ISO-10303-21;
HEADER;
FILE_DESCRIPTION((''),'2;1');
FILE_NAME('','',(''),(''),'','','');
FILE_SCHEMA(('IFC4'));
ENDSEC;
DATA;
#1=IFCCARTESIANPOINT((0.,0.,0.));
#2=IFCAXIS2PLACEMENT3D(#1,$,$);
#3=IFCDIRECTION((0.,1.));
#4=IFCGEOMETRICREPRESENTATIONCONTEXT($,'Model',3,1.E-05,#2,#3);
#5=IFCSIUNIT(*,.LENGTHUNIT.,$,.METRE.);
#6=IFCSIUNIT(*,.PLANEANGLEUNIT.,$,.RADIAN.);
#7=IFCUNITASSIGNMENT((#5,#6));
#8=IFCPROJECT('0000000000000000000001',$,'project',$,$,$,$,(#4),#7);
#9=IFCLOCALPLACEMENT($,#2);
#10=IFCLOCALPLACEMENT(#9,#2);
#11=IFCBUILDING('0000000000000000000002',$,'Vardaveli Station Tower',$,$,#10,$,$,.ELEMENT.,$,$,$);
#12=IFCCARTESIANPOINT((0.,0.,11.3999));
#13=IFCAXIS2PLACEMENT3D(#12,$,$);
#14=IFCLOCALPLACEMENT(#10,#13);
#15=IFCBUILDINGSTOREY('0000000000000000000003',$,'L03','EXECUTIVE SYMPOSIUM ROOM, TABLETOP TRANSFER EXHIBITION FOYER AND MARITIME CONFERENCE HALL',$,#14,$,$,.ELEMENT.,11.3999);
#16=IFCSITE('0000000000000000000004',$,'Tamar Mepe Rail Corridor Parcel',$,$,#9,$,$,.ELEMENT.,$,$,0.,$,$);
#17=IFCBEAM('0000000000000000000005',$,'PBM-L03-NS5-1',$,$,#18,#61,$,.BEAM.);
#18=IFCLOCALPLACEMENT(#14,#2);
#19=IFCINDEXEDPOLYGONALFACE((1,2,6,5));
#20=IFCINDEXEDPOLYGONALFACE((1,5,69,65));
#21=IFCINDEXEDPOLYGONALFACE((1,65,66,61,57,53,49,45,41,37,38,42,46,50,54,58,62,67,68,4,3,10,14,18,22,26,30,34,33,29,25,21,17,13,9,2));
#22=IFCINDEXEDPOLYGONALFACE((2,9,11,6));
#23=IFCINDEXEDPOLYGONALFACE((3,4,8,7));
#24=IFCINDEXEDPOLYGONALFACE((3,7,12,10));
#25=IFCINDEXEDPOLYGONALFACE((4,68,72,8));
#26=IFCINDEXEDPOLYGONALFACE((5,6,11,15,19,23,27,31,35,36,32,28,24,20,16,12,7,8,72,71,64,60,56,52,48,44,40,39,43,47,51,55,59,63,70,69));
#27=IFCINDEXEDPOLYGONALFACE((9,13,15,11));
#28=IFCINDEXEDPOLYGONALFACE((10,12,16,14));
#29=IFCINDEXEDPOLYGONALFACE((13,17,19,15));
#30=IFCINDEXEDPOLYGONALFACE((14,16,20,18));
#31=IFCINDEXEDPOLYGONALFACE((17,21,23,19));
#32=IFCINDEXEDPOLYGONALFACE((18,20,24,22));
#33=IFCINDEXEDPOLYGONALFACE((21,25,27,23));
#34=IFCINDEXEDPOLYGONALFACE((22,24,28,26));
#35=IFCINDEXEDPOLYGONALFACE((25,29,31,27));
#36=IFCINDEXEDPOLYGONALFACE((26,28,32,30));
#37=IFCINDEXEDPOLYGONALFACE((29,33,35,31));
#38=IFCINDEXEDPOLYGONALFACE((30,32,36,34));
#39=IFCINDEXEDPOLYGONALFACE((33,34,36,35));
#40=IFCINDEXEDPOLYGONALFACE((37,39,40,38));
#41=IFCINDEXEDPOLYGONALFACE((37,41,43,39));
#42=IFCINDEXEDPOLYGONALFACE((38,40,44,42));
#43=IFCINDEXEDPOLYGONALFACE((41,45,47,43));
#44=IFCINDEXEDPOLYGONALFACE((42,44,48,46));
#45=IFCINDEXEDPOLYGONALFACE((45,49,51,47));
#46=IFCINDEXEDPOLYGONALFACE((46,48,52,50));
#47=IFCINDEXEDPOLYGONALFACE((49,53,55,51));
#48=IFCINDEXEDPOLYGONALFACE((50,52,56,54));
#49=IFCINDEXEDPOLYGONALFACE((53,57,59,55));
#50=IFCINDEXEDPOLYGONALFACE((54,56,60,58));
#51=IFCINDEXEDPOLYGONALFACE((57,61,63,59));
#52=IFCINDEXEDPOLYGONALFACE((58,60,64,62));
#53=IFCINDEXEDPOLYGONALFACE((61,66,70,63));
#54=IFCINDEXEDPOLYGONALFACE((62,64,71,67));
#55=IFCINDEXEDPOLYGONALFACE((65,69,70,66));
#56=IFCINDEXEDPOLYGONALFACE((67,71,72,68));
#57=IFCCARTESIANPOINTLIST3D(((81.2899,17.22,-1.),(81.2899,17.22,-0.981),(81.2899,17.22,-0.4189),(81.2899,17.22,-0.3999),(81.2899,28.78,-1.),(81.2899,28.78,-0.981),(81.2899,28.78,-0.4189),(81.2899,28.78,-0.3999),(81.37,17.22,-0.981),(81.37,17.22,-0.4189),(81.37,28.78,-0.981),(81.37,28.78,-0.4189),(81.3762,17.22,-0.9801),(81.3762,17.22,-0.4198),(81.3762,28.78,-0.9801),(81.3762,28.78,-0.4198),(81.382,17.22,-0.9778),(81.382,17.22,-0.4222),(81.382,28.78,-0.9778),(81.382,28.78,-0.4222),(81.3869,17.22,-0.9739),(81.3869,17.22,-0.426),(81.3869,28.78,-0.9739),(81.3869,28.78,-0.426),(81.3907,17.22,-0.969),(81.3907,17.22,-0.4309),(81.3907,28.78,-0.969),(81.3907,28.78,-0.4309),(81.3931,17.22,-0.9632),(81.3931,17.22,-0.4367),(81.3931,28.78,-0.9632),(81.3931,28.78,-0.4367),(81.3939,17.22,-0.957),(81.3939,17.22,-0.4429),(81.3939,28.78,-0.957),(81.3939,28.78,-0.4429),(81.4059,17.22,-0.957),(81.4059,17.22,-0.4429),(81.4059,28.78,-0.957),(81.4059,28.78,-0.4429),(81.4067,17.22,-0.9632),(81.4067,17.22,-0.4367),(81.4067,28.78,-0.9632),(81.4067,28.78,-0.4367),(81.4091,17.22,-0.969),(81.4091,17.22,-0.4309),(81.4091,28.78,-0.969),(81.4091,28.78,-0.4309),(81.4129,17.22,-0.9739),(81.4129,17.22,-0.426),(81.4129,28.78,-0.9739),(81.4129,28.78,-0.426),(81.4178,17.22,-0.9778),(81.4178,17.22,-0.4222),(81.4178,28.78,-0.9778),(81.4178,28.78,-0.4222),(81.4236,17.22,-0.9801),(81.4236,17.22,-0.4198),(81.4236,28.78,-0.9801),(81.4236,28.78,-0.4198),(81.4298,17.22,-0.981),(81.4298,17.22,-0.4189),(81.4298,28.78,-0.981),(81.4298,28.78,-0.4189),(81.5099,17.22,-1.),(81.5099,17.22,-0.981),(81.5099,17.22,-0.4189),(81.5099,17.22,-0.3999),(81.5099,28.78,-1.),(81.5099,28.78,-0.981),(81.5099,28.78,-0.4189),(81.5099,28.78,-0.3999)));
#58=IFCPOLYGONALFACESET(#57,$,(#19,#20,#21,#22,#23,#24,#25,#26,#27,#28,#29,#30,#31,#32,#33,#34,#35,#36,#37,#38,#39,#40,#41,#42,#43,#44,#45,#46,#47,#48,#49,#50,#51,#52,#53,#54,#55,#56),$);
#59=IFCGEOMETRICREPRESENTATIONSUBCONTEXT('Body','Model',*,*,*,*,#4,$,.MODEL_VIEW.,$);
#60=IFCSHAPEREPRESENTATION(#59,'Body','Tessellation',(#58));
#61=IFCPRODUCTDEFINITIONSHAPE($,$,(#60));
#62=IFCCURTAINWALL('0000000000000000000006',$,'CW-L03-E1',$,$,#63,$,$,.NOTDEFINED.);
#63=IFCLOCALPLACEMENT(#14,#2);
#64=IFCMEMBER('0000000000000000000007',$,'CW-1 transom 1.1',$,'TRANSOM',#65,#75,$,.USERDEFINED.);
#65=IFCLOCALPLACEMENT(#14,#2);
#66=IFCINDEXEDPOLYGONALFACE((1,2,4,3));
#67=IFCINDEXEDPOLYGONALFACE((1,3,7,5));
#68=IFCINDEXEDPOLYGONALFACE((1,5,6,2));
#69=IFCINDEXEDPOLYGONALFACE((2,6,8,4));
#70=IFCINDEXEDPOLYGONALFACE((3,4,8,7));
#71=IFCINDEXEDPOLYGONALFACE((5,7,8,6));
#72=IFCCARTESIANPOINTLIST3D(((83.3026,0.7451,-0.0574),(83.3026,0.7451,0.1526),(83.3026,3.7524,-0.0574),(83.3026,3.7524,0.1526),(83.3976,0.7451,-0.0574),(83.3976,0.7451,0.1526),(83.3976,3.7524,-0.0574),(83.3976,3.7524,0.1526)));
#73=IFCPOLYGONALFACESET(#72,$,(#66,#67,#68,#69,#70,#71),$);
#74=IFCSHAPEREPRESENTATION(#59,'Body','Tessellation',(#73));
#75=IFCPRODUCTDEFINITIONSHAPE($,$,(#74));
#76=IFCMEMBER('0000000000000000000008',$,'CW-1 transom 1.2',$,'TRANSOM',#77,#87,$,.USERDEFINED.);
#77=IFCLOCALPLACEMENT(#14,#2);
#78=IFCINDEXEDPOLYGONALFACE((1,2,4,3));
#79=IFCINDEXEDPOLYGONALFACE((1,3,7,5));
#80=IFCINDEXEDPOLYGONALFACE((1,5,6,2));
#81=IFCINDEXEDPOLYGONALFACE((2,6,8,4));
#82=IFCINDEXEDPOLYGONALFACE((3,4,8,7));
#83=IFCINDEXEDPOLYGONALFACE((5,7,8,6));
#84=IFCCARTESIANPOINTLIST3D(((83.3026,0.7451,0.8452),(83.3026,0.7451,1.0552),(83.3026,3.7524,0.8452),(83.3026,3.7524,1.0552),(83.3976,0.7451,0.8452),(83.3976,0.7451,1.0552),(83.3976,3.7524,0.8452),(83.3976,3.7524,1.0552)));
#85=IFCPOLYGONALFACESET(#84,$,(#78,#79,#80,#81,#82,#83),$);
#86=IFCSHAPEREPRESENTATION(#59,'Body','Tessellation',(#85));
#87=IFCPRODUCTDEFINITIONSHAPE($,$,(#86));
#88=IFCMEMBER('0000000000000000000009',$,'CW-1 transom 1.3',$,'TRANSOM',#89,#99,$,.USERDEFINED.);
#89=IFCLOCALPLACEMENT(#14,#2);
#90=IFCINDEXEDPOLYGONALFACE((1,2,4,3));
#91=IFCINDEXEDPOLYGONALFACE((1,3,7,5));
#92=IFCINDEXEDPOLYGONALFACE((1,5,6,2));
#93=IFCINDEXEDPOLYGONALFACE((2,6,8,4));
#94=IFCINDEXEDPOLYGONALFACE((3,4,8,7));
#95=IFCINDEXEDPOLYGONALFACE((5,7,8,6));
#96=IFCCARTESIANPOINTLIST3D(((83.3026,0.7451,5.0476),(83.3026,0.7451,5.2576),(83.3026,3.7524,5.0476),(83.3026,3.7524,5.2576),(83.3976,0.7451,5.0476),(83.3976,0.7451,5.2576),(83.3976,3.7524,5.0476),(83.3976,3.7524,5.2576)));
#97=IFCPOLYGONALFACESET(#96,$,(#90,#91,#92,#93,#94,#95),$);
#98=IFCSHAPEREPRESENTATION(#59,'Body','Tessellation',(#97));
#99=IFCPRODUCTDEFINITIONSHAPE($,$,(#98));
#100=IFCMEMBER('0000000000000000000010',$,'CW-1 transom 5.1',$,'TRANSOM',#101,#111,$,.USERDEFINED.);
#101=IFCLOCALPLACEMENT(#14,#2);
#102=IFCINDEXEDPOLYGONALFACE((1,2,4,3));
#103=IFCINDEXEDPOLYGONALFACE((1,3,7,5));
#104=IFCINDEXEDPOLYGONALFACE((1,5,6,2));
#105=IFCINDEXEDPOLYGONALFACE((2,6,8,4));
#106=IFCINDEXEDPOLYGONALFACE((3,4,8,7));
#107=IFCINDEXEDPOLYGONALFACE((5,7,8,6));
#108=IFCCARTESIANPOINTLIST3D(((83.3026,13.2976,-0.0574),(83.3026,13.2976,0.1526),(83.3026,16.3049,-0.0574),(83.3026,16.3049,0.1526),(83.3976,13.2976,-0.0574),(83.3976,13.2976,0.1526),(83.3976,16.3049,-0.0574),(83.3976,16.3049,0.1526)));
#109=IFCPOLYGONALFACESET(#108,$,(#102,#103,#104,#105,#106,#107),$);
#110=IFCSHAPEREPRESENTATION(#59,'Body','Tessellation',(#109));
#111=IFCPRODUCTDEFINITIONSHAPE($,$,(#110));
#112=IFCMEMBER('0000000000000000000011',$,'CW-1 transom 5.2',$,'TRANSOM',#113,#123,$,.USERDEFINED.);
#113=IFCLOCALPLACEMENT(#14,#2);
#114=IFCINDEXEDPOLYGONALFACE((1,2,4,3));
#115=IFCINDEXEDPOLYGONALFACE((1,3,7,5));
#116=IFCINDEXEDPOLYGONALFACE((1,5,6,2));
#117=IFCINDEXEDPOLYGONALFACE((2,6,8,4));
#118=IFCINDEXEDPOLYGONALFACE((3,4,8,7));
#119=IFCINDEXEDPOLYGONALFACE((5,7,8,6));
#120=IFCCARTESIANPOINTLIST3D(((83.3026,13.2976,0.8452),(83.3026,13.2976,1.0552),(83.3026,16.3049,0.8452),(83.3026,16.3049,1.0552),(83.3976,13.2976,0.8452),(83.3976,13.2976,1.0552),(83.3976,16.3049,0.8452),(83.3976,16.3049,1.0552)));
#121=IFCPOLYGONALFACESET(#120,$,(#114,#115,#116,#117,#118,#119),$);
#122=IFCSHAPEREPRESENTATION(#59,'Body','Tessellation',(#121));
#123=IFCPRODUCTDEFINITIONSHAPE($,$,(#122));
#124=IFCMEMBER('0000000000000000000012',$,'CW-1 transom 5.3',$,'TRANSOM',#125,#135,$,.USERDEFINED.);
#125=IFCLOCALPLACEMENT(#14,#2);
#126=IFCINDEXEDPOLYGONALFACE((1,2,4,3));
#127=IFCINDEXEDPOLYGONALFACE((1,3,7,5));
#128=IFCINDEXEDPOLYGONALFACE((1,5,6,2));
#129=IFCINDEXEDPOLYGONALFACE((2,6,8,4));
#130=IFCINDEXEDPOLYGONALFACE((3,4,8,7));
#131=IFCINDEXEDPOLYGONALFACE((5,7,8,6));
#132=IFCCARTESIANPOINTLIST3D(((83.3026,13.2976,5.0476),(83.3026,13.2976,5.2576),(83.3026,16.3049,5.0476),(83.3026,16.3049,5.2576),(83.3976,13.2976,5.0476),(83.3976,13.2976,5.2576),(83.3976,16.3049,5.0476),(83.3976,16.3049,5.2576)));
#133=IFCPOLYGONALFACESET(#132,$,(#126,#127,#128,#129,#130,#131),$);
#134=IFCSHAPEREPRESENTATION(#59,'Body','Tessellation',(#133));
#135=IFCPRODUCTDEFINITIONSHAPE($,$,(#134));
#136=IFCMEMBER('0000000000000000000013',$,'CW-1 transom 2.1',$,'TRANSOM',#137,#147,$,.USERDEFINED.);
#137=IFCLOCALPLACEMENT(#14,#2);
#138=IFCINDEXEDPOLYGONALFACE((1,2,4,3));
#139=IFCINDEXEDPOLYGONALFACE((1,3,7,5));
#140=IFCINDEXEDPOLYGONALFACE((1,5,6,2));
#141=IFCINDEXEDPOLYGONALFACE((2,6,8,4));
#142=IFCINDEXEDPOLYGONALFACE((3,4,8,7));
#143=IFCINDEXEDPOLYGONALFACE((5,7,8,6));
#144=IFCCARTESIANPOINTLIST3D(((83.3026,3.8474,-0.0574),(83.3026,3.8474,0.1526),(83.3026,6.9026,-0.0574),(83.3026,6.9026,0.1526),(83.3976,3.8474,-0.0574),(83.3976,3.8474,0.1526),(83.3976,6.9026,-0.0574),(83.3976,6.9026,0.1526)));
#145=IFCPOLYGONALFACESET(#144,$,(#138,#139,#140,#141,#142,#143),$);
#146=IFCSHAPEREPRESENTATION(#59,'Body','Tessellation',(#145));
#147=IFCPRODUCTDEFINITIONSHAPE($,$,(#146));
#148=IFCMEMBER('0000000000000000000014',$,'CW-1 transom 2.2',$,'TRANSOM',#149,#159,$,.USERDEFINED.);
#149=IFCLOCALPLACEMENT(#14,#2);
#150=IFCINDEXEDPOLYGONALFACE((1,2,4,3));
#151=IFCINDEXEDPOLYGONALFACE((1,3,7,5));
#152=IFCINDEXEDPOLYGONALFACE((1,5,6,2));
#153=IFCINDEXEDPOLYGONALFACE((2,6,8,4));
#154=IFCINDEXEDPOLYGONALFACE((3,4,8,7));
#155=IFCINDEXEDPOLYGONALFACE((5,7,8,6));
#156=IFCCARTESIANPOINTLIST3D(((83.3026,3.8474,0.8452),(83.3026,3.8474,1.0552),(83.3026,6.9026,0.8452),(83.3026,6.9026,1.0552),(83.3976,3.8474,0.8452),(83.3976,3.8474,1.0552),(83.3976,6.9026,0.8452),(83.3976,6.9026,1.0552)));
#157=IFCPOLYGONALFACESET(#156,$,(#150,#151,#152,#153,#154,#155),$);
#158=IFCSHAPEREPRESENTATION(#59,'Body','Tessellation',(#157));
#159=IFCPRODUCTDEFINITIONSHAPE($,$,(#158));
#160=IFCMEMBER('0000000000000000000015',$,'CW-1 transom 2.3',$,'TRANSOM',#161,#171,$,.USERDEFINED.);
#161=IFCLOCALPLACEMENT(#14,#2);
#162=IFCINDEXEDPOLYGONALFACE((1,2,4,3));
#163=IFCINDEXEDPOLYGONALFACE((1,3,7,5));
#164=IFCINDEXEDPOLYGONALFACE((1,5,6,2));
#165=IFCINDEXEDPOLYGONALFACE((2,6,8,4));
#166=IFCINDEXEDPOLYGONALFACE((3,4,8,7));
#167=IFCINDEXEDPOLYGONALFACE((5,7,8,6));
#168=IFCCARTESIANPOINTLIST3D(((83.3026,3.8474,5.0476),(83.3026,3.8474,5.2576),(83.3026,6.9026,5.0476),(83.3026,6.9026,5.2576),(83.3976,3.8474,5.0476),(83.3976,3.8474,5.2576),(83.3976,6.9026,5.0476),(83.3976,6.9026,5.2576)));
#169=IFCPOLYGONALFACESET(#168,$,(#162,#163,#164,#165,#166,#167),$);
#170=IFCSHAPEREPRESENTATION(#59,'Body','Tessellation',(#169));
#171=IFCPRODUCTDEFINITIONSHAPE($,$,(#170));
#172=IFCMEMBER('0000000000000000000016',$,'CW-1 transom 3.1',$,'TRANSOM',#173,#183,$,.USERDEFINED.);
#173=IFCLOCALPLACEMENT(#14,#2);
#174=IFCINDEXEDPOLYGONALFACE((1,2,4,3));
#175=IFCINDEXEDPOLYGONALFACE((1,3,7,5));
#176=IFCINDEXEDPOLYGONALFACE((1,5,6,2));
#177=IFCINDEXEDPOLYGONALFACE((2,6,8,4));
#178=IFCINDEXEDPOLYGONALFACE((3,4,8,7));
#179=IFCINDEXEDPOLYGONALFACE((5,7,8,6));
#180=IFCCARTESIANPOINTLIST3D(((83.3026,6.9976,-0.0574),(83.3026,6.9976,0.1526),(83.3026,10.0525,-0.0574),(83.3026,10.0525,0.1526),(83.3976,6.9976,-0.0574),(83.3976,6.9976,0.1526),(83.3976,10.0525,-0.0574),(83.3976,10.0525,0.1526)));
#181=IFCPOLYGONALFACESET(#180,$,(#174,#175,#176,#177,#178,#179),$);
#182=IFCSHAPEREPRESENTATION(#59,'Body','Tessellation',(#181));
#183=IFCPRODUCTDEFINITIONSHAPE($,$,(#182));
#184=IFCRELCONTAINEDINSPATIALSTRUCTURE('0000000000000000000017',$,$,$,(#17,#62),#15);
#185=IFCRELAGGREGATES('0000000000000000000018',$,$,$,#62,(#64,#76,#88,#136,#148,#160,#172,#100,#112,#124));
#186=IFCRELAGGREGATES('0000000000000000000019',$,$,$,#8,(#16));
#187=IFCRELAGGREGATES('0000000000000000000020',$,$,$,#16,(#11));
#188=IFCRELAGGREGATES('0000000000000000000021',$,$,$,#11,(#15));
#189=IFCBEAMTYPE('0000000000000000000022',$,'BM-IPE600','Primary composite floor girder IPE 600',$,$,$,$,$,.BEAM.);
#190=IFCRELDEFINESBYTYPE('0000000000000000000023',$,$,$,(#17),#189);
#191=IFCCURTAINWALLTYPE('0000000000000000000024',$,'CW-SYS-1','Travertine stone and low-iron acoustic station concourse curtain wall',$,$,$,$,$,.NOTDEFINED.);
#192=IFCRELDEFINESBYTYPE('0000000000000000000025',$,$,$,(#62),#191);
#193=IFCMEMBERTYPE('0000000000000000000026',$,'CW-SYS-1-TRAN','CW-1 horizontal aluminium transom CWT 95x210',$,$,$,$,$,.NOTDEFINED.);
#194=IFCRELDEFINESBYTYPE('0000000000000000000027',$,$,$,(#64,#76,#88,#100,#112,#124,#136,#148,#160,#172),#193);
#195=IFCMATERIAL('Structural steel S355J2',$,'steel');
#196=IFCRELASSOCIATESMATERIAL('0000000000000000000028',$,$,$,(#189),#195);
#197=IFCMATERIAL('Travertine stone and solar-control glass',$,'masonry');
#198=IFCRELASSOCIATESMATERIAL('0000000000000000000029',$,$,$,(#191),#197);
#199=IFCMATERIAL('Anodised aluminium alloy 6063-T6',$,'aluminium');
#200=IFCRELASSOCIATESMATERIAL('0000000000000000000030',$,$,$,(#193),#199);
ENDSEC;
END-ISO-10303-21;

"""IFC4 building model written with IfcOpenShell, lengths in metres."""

from ifc_helpers import new_model, si_unit, direction, frame, origin, origin_2d, place, context, subcontext, project, spatial, rectangle, i_section, extrude, source, transform, mapped, material, material_profile, profile_set, type_object, element, aggregate, save


model = new_model("IFC4")

# Units and contexts
model_context = context("Model", 3, precision=1e-05, world=origin(), true_north=direction((0.0, 1.0)))
body_context = subcontext(model_context, "Body", "Model", "MODEL_VIEW")
ifc_project = project(units=[si_unit("LENGTHUNIT", "METRE"), si_unit("PLANEANGLEUNIT", "RADIAN")], contexts=[model_context])

# Site, building, storey
site_placement = place(None, origin())
site = spatial("IfcSite", under=ifc_project, at=site_placement, Name="Tamar Mepe Rail Corridor Parcel", CompositionType="ELEMENT", RefElevation=0.0)
building_placement = place(site_placement, origin())
building = spatial("IfcBuilding", under=site, at=building_placement, Name="Vardaveli Station Tower", CompositionType="ELEMENT")
storey_placement = place(building_placement, frame((0.0, 0.0, 11.3999)))
storey = spatial("IfcBuildingStorey", under=building, at=storey_placement, Name="L03", Description="EXECUTIVE SYMPOSIUM ROOM, TABLETOP TRANSFER EXHIBITION FOYER AND MARITIME CONFERENCE HALL", CompositionType="ELEMENT", Elevation=11.3999)

# Beam
ifc_material_1 = material(Name="Structural steel S355J2", Category="steel")
ifc_material_profile_1 = material_profile(ifc_material_1, i_section(OverallWidth=0.22, OverallDepth=0.6001, WebThickness=0.012, FlangeThickness=0.019, FilletRadius=0.0239, at=origin_2d()), Name="IPE 600")
ifc_profile_set_1 = profile_set([ifc_material_profile_1], Name="Structural steel S355J2")
beam_type = type_object("IfcBeamType", Name="BM-IPE600", Description="Primary composite floor girder IPE 600", PredefinedType="BEAM", material=ifc_profile_set_1)
shared_shape_1 = source(origin(), body_context, "Body", "SweptSolid", [
    extrude(i_section(OverallWidth=0.22, OverallDepth=0.6001, WebThickness=0.012, FlangeThickness=0.019, FilletRadius=0.0239, at=origin_2d()), origin(), (0.0, 0.0, 1.0), 11.5601),
])
beam_placement = place(storey_placement, frame((81.3999, 17.22, -0.7), z_axis=(0.0, 1.0, 0.0), x_axis=(-1.0, 0.0, 0.0)))
element("IfcBeam", 1, at=beam_placement, inside=storey, type_object=beam_type, Name="PBM-L03-NS5-1", PredefinedType="BEAM", context=body_context, shape_type="MappedRepresentation", body=[
    mapped(shared_shape_1, transform((0.0, 0.0, 0.0), scale=1.0)),
])

# Curtain wall, members
ifc_material_2 = material(Name="Travertine stone and solar-control glass", Category="masonry")
curtain_wall_type = type_object("IfcCurtainWallType", Name="CW-SYS-1", Description="Travertine stone and low-iron acoustic station concourse curtain wall", PredefinedType="NOTDEFINED", material=ifc_material_2)
curtain_wall_placement = place(storey_placement, origin())
curtain_wall = element("IfcCurtainWall", 2, at=curtain_wall_placement, inside=storey, type_object=curtain_wall_type, Name="CW-L03-E1", PredefinedType="NOTDEFINED")
ifc_material_3 = material(Name="Anodised aluminium alloy 6063-T6", Category="aluminium")
ifc_material_profile_2 = material_profile(ifc_material_3, rectangle(XDim=0.095, YDim=0.21, at=origin_2d()), Name="CWT 95x210")
ifc_profile_set_2 = profile_set([ifc_material_profile_2], Name="Anodised aluminium alloy 6063-T6")
member_type_1 = type_object("IfcMemberType", Name="CW-SYS-1-TRAN", Description="CW-1 horizontal aluminium transom CWT 95x210", PredefinedType="NOTDEFINED", material=ifc_profile_set_2)
shared_shape_2 = source(origin(), body_context, "Body", "SweptSolid", [
    extrude(rectangle(XDim=0.095, YDim=0.21, at=origin_2d()), origin(), (0.0, 0.0, 1.0), 3.0073),
])
member_1_placement = place(storey_placement, frame((83.3501, 0.7451, 0.0476), z_axis=(0.0, 1.0, 0.0), x_axis=(-1.0, 0.0, 0.0)))
member_1 = element("IfcMember", 3, at=member_1_placement, type_object=member_type_1, Name="CW-1 transom 1.1", ObjectType="TRANSOM", PredefinedType="USERDEFINED", context=body_context, shape_type="MappedRepresentation", body=[
    mapped(shared_shape_2, transform((0.0, 0.0, 0.0), scale=1.0)),
])
member_2_placement = place(storey_placement, frame((83.3501, 0.7451, 0.9502), z_axis=(0.0, 1.0, 0.0), x_axis=(-1.0, 0.0, 0.0)))
member_2 = element("IfcMember", 4, at=member_2_placement, type_object=member_type_1, Name="CW-1 transom 1.2", ObjectType="TRANSOM", PredefinedType="USERDEFINED", context=body_context, shape_type="MappedRepresentation", body=[
    mapped(shared_shape_2, transform((0.0, 0.0, 0.0), scale=1.0)),
])
member_3_placement = place(storey_placement, frame((83.3501, 0.7451, 5.1526), z_axis=(0.0, 1.0, 0.0), x_axis=(-1.0, 0.0, 0.0)))
member_3 = element("IfcMember", 5, at=member_3_placement, type_object=member_type_1, Name="CW-1 transom 1.3", ObjectType="TRANSOM", PredefinedType="USERDEFINED", context=body_context, shape_type="MappedRepresentation", body=[
    mapped(shared_shape_2, transform((0.0, 0.0, 0.0), scale=1.0)),
])
member_4_placement = place(storey_placement, frame((83.3501, 13.2976, 0.0476), z_axis=(0.0, 1.0, 0.0), x_axis=(-1.0, 0.0, 0.0)))
member_4 = element("IfcMember", 6, at=member_4_placement, type_object=member_type_1, Name="CW-1 transom 5.1", ObjectType="TRANSOM", PredefinedType="USERDEFINED", context=body_context, shape_type="MappedRepresentation", body=[
    mapped(shared_shape_2, transform((0.0, 0.0, 0.0), scale=1.0)),
])
member_5_placement = place(storey_placement, frame((83.3501, 13.2976, 0.9502), z_axis=(0.0, 1.0, 0.0), x_axis=(-1.0, 0.0, 0.0)))
member_5 = element("IfcMember", 7, at=member_5_placement, type_object=member_type_1, Name="CW-1 transom 5.2", ObjectType="TRANSOM", PredefinedType="USERDEFINED", context=body_context, shape_type="MappedRepresentation", body=[
    mapped(shared_shape_2, transform((0.0, 0.0, 0.0), scale=1.0)),
])
member_6_placement = place(storey_placement, frame((83.3501, 13.2976, 5.1526), z_axis=(0.0, 1.0, 0.0), x_axis=(-1.0, 0.0, 0.0)))
member_6 = element("IfcMember", 8, at=member_6_placement, type_object=member_type_1, Name="CW-1 transom 5.3", ObjectType="TRANSOM", PredefinedType="USERDEFINED", context=body_context, shape_type="MappedRepresentation", body=[
    mapped(shared_shape_2, transform((0.0, 0.0, 0.0), scale=1.0)),
])
shared_shape_3 = source(origin(), body_context, "Body", "SweptSolid", [
    extrude(rectangle(XDim=0.095, YDim=0.21, at=origin_2d()), origin(), (0.0, 0.0, 1.0), 3.0552),
])
member_7_placement = place(storey_placement, frame((83.3501, 3.8474, 0.0476), z_axis=(0.0, 1.0, 0.0), x_axis=(-1.0, 0.0, 0.0)))
member_7 = element("IfcMember", 9, at=member_7_placement, type_object=member_type_1, Name="CW-1 transom 2.1", ObjectType="TRANSOM", PredefinedType="USERDEFINED", context=body_context, shape_type="MappedRepresentation", body=[
    mapped(shared_shape_3, transform((0.0, 0.0, 0.0), scale=1.0)),
])
member_8_placement = place(storey_placement, frame((83.3501, 3.8474, 0.9502), z_axis=(0.0, 1.0, 0.0), x_axis=(-1.0, 0.0, 0.0)))
member_8 = element("IfcMember", 10, at=member_8_placement, type_object=member_type_1, Name="CW-1 transom 2.2", ObjectType="TRANSOM", PredefinedType="USERDEFINED", context=body_context, shape_type="MappedRepresentation", body=[
    mapped(shared_shape_3, transform((0.0, 0.0, 0.0), scale=1.0)),
])
member_9_placement = place(storey_placement, frame((83.3501, 3.8474, 5.1526), z_axis=(0.0, 1.0, 0.0), x_axis=(-1.0, 0.0, 0.0)))
member_9 = element("IfcMember", 11, at=member_9_placement, type_object=member_type_1, Name="CW-1 transom 2.3", ObjectType="TRANSOM", PredefinedType="USERDEFINED", context=body_context, shape_type="MappedRepresentation", body=[
    mapped(shared_shape_3, transform((0.0, 0.0, 0.0), scale=1.0)),
])
shared_shape_4 = source(origin(), body_context, "Body", "SweptSolid", [
    extrude(rectangle(XDim=0.095, YDim=0.21, at=origin_2d()), origin(), (0.0, 0.0, 1.0), 3.0549),
])
member_10_placement = place(storey_placement, frame((83.3501, 6.9976, 0.0476), z_axis=(0.0, 1.0, 0.0), x_axis=(-1.0, 0.0, 0.0)))
member_10 = element("IfcMember", 12, at=member_10_placement, type_object=member_type_1, Name="CW-1 transom 3.1", ObjectType="TRANSOM", PredefinedType="USERDEFINED", context=body_context, shape_type="MappedRepresentation", body=[
    mapped(shared_shape_4, transform((0.0, 0.0, 0.0), scale=1.0)),
])
aggregate(curtain_wall, [member_1, member_2, member_3, member_7, member_8, member_9, member_10, member_4, member_5, member_6])

save(model, "model.ifc")
